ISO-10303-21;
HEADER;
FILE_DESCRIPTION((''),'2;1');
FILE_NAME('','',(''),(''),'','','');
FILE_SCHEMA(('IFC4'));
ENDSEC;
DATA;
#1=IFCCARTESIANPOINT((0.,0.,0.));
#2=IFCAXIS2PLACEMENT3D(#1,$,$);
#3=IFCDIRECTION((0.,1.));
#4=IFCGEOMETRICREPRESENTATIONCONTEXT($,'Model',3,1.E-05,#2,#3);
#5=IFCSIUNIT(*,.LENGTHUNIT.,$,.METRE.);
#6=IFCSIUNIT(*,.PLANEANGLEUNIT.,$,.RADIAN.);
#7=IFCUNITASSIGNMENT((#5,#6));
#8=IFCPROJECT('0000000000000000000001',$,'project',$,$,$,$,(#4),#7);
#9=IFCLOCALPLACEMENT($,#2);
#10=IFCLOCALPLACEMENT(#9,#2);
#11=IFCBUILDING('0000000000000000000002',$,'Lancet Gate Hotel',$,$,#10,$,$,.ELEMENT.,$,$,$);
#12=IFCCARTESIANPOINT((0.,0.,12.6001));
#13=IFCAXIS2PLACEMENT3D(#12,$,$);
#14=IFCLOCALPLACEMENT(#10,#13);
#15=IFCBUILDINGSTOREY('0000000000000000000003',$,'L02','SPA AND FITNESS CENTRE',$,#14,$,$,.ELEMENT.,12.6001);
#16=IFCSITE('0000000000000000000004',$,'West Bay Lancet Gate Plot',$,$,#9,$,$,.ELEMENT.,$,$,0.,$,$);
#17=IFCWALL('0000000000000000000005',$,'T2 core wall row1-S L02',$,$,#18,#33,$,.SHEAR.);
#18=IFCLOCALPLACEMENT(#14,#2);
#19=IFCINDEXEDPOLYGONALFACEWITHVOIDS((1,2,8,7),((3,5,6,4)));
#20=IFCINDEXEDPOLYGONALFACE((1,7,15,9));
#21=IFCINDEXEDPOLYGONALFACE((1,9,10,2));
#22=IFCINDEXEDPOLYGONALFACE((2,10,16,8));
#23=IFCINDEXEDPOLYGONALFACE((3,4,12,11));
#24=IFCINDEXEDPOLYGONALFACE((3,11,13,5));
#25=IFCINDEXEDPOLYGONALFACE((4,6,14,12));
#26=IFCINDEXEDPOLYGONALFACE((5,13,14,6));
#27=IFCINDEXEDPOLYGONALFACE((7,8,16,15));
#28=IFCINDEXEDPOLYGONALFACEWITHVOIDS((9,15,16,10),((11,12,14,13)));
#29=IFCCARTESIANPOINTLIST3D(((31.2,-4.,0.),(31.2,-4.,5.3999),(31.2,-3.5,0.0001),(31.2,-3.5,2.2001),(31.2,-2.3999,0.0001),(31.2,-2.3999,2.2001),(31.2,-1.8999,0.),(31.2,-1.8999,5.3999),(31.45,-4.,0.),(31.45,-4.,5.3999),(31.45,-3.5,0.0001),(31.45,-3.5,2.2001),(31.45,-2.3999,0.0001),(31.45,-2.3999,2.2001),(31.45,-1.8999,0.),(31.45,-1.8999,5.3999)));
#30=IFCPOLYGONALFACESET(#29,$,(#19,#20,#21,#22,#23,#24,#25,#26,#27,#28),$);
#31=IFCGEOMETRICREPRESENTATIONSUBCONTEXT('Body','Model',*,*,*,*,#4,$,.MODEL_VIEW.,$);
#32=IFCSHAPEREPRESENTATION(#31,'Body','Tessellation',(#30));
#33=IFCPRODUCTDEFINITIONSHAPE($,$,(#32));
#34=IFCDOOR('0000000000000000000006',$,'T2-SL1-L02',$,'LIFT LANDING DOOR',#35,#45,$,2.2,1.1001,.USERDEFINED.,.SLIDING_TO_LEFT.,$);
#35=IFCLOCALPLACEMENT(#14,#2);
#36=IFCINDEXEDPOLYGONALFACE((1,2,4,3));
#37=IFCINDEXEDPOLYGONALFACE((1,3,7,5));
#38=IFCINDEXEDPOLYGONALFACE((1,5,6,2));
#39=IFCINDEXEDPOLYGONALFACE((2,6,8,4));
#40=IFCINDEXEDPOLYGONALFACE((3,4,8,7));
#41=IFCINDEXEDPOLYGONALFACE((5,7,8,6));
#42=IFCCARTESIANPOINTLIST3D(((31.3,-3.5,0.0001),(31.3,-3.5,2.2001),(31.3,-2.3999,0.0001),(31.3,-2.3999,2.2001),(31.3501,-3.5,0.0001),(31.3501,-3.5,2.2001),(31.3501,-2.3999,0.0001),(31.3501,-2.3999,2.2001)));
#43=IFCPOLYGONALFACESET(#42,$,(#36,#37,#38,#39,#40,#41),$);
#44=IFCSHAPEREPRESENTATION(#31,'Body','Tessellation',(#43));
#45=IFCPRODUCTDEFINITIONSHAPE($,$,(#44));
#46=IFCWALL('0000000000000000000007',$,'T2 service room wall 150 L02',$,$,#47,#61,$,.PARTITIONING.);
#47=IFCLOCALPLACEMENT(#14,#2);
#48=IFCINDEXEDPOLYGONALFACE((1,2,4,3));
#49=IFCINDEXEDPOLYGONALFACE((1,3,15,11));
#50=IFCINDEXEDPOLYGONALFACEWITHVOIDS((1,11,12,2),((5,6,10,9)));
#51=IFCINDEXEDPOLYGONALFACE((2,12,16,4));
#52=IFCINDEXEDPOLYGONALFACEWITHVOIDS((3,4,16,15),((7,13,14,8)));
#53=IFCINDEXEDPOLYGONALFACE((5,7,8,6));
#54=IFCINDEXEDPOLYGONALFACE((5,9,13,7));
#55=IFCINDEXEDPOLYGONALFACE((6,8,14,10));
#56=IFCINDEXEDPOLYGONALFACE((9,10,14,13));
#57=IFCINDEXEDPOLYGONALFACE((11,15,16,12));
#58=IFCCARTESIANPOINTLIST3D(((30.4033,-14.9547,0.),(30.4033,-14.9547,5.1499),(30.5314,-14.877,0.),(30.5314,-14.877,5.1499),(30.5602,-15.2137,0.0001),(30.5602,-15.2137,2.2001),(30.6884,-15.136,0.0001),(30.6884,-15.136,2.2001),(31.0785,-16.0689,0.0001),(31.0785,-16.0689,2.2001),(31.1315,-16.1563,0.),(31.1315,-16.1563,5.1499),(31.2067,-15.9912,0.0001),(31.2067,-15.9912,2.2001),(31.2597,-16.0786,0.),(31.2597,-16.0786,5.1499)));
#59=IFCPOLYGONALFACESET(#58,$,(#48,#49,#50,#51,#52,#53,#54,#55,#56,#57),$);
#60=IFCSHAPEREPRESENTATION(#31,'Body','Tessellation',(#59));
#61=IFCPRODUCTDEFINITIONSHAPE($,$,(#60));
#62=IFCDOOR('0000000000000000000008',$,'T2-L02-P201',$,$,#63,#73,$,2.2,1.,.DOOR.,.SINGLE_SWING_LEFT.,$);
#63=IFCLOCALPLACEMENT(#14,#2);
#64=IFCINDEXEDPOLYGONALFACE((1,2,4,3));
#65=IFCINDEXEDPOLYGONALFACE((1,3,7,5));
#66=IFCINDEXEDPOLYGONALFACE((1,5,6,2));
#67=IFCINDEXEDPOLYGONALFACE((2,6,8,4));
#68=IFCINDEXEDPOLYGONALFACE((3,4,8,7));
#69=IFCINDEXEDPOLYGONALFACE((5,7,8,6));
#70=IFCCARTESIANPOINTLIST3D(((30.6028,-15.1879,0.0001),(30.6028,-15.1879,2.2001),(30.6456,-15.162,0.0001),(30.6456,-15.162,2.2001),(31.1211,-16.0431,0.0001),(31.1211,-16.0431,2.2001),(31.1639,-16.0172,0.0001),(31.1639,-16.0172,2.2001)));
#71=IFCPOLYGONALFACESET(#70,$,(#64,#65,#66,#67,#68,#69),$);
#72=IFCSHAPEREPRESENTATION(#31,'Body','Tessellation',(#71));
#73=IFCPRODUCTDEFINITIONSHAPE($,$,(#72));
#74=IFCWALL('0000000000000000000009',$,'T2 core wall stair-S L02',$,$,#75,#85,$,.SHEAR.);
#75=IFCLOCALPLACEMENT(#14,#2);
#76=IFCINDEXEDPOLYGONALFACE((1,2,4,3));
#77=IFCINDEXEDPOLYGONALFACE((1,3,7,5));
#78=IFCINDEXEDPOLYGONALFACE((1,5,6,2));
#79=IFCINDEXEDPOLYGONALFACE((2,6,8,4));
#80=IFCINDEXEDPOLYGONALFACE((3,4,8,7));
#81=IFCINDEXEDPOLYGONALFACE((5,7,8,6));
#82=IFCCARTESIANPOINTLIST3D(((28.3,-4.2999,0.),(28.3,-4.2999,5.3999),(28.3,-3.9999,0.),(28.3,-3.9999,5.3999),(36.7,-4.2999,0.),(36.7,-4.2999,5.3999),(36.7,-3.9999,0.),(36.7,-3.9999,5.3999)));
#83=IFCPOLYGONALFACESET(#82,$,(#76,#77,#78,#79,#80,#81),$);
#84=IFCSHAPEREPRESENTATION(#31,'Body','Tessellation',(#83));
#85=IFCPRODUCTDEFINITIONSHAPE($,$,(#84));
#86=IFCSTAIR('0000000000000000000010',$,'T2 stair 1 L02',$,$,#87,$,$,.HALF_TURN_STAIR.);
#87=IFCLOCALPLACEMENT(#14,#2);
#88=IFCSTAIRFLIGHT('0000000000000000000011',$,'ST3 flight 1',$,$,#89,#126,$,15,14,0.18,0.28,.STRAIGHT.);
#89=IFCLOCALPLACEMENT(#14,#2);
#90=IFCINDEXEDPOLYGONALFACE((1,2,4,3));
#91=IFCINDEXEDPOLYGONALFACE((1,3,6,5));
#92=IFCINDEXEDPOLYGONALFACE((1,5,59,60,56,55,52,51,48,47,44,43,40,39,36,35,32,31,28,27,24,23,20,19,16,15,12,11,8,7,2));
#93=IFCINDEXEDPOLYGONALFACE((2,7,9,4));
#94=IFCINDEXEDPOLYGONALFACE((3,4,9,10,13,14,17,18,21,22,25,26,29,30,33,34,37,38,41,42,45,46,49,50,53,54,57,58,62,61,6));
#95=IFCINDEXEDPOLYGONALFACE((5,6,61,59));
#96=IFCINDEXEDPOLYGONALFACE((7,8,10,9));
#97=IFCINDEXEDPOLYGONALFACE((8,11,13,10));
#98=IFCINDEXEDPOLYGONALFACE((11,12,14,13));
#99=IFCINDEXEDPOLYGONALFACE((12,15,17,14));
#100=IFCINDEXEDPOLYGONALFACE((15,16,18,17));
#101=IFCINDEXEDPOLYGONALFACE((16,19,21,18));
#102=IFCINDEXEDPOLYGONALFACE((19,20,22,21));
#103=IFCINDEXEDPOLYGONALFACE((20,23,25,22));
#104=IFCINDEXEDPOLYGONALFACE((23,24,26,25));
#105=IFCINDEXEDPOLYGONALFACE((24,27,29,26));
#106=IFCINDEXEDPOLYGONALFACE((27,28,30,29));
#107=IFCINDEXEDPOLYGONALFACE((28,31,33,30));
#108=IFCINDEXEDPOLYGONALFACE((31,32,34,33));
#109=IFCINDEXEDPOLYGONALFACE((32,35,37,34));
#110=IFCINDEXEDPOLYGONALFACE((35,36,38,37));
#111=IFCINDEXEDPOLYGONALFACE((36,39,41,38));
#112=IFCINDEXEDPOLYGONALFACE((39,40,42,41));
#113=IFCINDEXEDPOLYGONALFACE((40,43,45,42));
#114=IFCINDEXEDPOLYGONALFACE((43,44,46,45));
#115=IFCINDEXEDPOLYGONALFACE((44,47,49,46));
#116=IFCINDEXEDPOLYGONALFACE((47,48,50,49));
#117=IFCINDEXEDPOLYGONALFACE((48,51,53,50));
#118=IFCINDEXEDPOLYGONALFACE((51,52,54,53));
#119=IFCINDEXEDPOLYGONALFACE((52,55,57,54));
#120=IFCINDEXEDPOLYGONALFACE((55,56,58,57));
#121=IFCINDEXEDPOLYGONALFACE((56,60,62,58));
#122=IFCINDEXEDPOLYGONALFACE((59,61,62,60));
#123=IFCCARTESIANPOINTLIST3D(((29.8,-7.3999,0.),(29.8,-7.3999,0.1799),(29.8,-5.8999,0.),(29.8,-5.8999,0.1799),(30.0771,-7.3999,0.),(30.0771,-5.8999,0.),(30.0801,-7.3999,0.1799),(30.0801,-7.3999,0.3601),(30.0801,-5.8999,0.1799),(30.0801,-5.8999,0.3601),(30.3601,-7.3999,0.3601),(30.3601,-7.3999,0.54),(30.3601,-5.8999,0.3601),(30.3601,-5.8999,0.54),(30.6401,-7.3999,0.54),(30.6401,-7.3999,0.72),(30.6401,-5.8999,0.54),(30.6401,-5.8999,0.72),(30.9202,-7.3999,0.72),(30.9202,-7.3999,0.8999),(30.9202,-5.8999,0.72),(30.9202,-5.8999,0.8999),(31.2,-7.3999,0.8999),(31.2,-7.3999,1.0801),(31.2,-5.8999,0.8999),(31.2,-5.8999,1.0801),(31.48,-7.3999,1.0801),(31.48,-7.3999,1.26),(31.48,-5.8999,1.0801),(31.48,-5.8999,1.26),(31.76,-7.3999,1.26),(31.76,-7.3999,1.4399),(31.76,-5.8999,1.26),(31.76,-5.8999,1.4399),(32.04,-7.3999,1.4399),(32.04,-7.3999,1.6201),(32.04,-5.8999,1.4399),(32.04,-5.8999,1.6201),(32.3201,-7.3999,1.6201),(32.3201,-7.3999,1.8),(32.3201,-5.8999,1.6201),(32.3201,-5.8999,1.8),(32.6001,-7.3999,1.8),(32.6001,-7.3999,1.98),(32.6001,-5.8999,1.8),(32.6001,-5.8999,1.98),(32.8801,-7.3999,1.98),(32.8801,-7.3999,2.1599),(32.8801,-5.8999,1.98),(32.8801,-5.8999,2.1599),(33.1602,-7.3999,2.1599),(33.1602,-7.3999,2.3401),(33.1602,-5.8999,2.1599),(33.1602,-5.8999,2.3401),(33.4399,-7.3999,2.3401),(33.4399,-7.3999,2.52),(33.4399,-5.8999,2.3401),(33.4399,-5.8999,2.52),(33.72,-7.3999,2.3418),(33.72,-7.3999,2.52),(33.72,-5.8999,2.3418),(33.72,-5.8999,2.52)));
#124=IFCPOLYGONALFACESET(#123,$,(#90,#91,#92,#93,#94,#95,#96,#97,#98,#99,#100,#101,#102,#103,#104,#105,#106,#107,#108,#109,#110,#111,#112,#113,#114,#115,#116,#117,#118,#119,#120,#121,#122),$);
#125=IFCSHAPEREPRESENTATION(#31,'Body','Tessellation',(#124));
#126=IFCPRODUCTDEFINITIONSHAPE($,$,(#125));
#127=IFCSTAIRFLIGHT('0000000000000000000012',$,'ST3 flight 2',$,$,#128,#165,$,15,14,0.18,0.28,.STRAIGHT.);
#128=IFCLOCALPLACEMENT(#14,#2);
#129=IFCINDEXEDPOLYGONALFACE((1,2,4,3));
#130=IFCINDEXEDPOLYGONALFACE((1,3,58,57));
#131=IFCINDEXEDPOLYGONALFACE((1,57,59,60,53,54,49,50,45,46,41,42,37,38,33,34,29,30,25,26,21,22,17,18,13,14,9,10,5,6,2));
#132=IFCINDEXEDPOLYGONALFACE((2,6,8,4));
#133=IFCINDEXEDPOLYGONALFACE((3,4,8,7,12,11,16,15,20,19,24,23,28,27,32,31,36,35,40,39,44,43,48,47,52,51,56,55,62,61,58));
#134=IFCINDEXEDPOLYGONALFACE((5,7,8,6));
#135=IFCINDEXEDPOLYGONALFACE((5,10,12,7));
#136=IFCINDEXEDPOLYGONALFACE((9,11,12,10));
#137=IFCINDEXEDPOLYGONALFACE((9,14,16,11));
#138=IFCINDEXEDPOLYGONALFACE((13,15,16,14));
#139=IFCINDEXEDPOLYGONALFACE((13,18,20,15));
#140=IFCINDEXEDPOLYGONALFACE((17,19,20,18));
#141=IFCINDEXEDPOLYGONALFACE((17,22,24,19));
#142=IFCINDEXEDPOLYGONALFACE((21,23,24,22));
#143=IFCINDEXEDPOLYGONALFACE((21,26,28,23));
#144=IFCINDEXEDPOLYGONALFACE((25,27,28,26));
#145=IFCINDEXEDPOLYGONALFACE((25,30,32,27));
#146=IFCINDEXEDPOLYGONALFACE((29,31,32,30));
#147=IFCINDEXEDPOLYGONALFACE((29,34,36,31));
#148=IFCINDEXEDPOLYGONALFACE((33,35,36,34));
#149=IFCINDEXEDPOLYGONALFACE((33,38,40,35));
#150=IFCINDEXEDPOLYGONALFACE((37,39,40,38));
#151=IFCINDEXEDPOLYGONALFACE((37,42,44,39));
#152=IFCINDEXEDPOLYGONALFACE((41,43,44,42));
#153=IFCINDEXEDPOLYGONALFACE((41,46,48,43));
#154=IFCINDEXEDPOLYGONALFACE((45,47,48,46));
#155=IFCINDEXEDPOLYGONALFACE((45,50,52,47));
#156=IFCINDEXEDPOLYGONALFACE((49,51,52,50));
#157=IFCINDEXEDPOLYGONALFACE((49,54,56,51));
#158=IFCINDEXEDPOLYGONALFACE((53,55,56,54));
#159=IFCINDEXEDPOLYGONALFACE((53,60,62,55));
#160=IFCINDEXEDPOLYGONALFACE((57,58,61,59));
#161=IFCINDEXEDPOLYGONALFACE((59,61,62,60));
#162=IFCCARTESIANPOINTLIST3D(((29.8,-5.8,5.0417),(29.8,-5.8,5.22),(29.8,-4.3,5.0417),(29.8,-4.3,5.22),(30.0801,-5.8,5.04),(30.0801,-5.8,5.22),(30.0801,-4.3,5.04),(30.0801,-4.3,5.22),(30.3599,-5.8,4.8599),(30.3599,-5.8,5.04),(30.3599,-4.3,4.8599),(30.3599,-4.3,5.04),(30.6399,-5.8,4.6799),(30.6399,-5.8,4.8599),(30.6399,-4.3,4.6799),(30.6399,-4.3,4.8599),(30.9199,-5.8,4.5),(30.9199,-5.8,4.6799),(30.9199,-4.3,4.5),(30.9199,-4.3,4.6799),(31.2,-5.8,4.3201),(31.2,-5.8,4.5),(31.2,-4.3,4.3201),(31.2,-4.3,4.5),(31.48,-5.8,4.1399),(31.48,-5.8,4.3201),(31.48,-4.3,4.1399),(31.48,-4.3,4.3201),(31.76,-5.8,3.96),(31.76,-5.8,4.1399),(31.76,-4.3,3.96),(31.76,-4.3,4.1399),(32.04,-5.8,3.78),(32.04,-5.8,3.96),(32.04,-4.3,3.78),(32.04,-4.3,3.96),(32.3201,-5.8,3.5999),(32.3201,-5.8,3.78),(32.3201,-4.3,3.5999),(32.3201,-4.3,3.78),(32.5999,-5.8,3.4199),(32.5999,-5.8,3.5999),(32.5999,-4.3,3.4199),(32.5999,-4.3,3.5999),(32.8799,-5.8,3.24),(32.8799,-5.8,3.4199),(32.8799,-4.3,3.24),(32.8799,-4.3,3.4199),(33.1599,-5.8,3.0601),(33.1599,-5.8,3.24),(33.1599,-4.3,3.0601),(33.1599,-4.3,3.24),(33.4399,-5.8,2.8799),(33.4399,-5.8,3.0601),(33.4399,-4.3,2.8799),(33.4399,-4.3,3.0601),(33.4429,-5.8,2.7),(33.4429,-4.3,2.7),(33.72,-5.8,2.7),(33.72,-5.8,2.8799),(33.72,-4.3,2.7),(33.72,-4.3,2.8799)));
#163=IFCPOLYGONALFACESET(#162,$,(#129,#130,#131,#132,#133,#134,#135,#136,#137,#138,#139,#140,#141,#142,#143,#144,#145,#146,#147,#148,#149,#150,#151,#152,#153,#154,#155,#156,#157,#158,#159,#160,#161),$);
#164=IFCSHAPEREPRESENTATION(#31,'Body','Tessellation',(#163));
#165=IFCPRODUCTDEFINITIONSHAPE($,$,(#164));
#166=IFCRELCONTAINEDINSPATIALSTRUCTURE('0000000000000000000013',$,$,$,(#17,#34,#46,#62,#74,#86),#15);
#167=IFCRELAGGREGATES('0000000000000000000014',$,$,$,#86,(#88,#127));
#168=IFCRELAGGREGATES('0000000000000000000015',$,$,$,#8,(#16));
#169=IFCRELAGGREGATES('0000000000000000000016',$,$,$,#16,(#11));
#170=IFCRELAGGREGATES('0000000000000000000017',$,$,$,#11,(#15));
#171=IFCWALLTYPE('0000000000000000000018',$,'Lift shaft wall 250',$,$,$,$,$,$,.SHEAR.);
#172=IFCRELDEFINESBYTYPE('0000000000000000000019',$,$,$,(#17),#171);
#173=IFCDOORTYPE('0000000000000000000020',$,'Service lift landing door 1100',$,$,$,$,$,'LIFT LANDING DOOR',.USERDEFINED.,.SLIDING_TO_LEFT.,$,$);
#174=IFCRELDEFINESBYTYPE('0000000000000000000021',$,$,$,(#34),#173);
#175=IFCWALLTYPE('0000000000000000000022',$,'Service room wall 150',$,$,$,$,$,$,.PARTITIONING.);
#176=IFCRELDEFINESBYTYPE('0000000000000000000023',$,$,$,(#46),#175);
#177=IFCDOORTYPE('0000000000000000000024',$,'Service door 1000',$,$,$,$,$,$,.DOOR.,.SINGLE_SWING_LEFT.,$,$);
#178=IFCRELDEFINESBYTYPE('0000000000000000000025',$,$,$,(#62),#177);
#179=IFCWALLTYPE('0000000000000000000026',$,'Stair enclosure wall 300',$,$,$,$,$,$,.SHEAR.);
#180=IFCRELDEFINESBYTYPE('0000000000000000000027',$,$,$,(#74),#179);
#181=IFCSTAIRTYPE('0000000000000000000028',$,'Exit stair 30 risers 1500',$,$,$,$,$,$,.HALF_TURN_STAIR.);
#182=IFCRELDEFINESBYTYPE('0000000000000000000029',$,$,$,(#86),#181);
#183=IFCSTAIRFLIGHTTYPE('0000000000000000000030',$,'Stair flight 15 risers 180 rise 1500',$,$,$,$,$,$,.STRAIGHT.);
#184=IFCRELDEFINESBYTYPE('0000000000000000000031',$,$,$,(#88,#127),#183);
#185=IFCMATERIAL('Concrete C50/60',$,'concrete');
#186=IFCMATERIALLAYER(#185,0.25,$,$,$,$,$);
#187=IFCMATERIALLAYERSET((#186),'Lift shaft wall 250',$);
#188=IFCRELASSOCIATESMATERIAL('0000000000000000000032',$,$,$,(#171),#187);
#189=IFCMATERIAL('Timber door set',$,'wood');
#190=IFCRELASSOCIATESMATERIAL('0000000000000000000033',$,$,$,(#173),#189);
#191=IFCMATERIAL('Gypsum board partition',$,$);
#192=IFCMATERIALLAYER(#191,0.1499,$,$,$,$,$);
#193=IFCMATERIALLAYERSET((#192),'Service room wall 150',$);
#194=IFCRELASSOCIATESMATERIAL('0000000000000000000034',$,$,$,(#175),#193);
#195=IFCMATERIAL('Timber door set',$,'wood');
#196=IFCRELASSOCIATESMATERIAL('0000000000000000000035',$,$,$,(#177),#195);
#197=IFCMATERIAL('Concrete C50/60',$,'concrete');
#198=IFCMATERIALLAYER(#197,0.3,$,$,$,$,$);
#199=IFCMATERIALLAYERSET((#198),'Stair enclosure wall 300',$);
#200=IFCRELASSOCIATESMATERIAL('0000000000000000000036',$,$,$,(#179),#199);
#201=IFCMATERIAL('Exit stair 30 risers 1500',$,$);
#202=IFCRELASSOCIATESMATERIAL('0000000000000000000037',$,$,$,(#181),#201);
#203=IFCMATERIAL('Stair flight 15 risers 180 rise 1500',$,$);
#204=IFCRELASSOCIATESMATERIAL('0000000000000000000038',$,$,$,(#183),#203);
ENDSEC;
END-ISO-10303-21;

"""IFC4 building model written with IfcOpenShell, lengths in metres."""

from ifc_helpers import new_model, si_unit, direction, frame, frame_2d, origin, place, context, subcontext, project, spatial, polyline, rectangle, outline, extrude, material, layer, layer_set, type_object, element, fill, aggregate, save


model = new_model("IFC4")

# Units and contexts
model_context = context("Model", 3, precision=1e-05, world=origin(), true_north=direction((0.0, 1.0)))
body_context = subcontext(model_context, "Body", "Model", "MODEL_VIEW")
ifc_project = project(units=[si_unit("LENGTHUNIT", "METRE"), si_unit("PLANEANGLEUNIT", "RADIAN")], contexts=[model_context])

# Site, building, storey
site_placement = place(None, origin())
site = spatial("IfcSite", under=ifc_project, at=site_placement, Name="West Bay Lancet Gate Plot", CompositionType="ELEMENT", RefElevation=0.0)
building_placement = place(site_placement, origin())
building = spatial("IfcBuilding", under=site, at=building_placement, Name="Lancet Gate Hotel", CompositionType="ELEMENT")
storey_placement = place(building_placement, frame((0.0, 0.0, 12.6001)))
storey = spatial("IfcBuildingStorey", under=building, at=storey_placement, Name="L02", Description="SPA AND FITNESS CENTRE", CompositionType="ELEMENT", Elevation=12.6001)

# Walls, openings, doors
ifc_material_1 = material(Name="Concrete C50/60", Category="concrete")
ifc_layer_1 = layer(ifc_material_1, 0.25)
ifc_layer_set_1 = layer_set([ifc_layer_1], Name="Lift shaft wall 250")
wall_type_1 = type_object("IfcWallType", Name="Lift shaft wall 250", PredefinedType="SHEAR", material=ifc_layer_set_1)
wall_1_placement = place(storey_placement, frame((31.325, -4.0, 0.0), z_axis=(0.0, 0.0, 1.0), x_axis=(0.0, 1.0, 0.0)))
wall_1 = element("IfcWall", 1, at=wall_1_placement, inside=storey, type_object=wall_type_1, Name="T2 core wall row1-S L02", PredefinedType="SHEAR", context=body_context, shape_type="SweptSolid", body=[
    extrude(rectangle(XDim=2.1001, YDim=0.25, at=frame_2d((1.05, 0.0))), origin(), (0.0, 0.0, 1.0), 5.3999),
])
opening_1_placement = place(wall_1_placement, frame((0.5, 0.0, 0.0)))
opening_1 = element("IfcOpeningElement", 2, at=opening_1_placement, cuts=wall_1, PredefinedType="OPENING", context=body_context, shape_type="SweptSolid", body=[
    extrude(rectangle(XDim=1.1001, YDim=2.2, at=frame_2d((0.55, 1.1001))), frame((0.0, 0.135, 0.0), z_axis=(0.0, -1.0, 0.0), x_axis=(1.0, 0.0, 0.0)), (0.0, 0.0, 1.0), 0.27),
])
ifc_material_2 = material(Name="Timber door set", Category="wood")
door_type_1 = type_object("IfcDoorType", Name="Service lift landing door 1100", ElementType="LIFT LANDING DOOR", OperationType="SLIDING_TO_LEFT", PredefinedType="USERDEFINED", material=ifc_material_2)
door_1_placement = place(opening_1_placement, origin())
door_1 = element("IfcDoor", 3, at=door_1_placement, inside=storey, type_object=door_type_1, Name="T2-SL1-L02", ObjectType="LIFT LANDING DOOR", OperationType="SLIDING_TO_LEFT", OverallHeight=2.2, OverallWidth=1.1001, PredefinedType="USERDEFINED", context=body_context, shape_type="SweptSolid", body=[
    extrude(rectangle(XDim=1.1001, YDim=2.2, at=frame_2d((0.55, 1.1001))), frame((0.0, 0.0249, 0.0), z_axis=(0.0, -1.0, 0.0), x_axis=(1.0, 0.0, 0.0)), (0.0, 0.0, 1.0), 0.05),
])
fill(opening_1, door_1)
ifc_material_3 = material(Name="Gypsum board partition")
ifc_layer_2 = layer(ifc_material_3, 0.1499)
ifc_layer_set_2 = layer_set([ifc_layer_2], Name="Service room wall 150")
wall_type_2 = type_object("IfcWallType", Name="Service room wall 150", PredefinedType="PARTITIONING", material=ifc_layer_set_2)
wall_2_placement = place(storey_placement, frame((30.4673, -14.9158, 0.0), z_axis=(0.0, 0.0, 1.0), x_axis=(0.518298, -0.8552, 0.0)))
wall_2 = element("IfcWall", 4, at=wall_2_placement, inside=storey, type_object=wall_type_2, Name="T2 service room wall 150 L02", PredefinedType="PARTITIONING", context=body_context, shape_type="SweptSolid", body=[
    extrude(rectangle(XDim=1.405, YDim=0.1499, at=frame_2d((0.7026, 0.0))), origin(), (0.0, 0.0, 1.0), 5.1499),
])
opening_2_placement = place(wall_2_placement, frame((0.303, 0.0, 0.0)))
opening_2 = element("IfcOpeningElement", 5, at=opening_2_placement, cuts=wall_2, PredefinedType="OPENING", context=body_context, shape_type="SweptSolid", body=[
    extrude(rectangle(XDim=1.0, YDim=2.2, at=frame_2d((0.5, 1.1001))), frame((0.0, 0.085, 0.0), z_axis=(0.0, -1.0, 0.0), x_axis=(1.0, 0.0, 0.0)), (0.0, 0.0, 1.0), 0.1699),
])
ifc_material_4 = material(Name="Timber door set", Category="wood")
door_type_2 = type_object("IfcDoorType", Name="Service door 1000", OperationType="SINGLE_SWING_LEFT", PredefinedType="DOOR", material=ifc_material_4)
door_2_placement = place(opening_2_placement, origin())
door_2 = element("IfcDoor", 6, at=door_2_placement, inside=storey, type_object=door_type_2, Name="T2-L02-P201", OperationType="SINGLE_SWING_LEFT", OverallHeight=2.2, OverallWidth=1.0, PredefinedType="DOOR", context=body_context, shape_type="SweptSolid", body=[
    extrude(rectangle(XDim=1.0, YDim=2.2, at=frame_2d((0.5, 1.1001))), frame((0.0, 0.0249, 0.0), z_axis=(0.0, -1.0, 0.0), x_axis=(1.0, 0.0, 0.0)), (0.0, 0.0, 1.0), 0.05),
])
fill(opening_2, door_2)

# Wall
ifc_material_5 = material(Name="Concrete C50/60", Category="concrete")
ifc_layer_3 = layer(ifc_material_5, 0.3)
ifc_layer_set_3 = layer_set([ifc_layer_3], Name="Stair enclosure wall 300")
wall_type_3 = type_object("IfcWallType", Name="Stair enclosure wall 300", PredefinedType="SHEAR", material=ifc_layer_set_3)
wall_3_placement = place(storey_placement, frame((28.3, -4.1499, 0.0), z_axis=(0.0, 0.0, 1.0), x_axis=(1.0, 0.0, 0.0)))
element("IfcWall", 7, at=wall_3_placement, inside=storey, type_object=wall_type_3, Name="T2 core wall stair-S L02", PredefinedType="SHEAR", context=body_context, shape_type="SweptSolid", body=[
    extrude(rectangle(XDim=8.3999, YDim=0.3, at=frame_2d((4.2, 0.0))), origin(), (0.0, 0.0, 1.0), 5.3999),
])

# Stair, stair flights
ifc_material_6 = material(Name="Exit stair 30 risers 1500")
stair_type = type_object("IfcStairType", Name="Exit stair 30 risers 1500", PredefinedType="HALF_TURN_STAIR", material=ifc_material_6)
stair_placement = place(storey_placement, origin())
stair = element("IfcStair", 8, at=stair_placement, inside=storey, type_object=stair_type, Name="T2 stair 1 L02", PredefinedType="HALF_TURN_STAIR")
ifc_material_7 = material(Name="Stair flight 15 risers 180 rise 1500")
stair_flight_type = type_object("IfcStairFlightType", Name="Stair flight 15 risers 180 rise 1500", PredefinedType="STRAIGHT", material=ifc_material_7)
stair_flight_1_placement = place(storey_placement, frame((29.8, -6.6499, 0.0), z_axis=(0.0, 0.0, 1.0), x_axis=(1.0, 0.0, 0.0)))
stair_flight_1 = element("IfcStairFlight", 9, at=stair_flight_1_placement, type_object=stair_flight_type, Name="ST3 flight 1", NumberOfRisers=15, NumberOfTreads=14, PredefinedType="STRAIGHT", RiserHeight=0.18, TreadLength=0.28, context=body_context, shape_type="SweptSolid", body=[
    extrude(outline(polyline([(0.0, 0.0), (0.0, 0.1799), (0.28, 0.1799), (0.28, 0.3601), (0.5601, 0.3601), (0.5601, 0.54), (0.8401, 0.54), (0.8401, 0.72), (1.1201, 0.72), (1.1201, 0.8999), (1.3999, 0.8999), (1.3999, 1.0801), (1.6799, 1.0801), (1.6799, 1.26), (1.96, 1.26), (1.96, 1.4399), (2.24, 1.4399), (2.24, 1.6201), (2.52, 1.6201), (2.52, 1.8), (2.8, 1.8), (2.8, 1.98), (3.0801, 1.98), (3.0801, 2.1599), (3.3601, 2.1599), (3.3601, 2.3401), (3.6399, 2.3401), (3.6399, 2.52), (3.9199, 2.52), (3.9199, 2.7), (3.9199, 2.3418), (0.2771, 0.0), (0.0, 0.0)])), frame((0.0, 0.75, 0.0), z_axis=(0.0, -1.0, 0.0), x_axis=(1.0, 0.0, 0.0)), (0.0, 0.0, 1.0), 1.5),
])
stair_flight_2_placement = place(storey_placement, frame((33.72, -5.05, 2.7), z_axis=(0.0, 0.0, 1.0), x_axis=(-1.0, 0.0, 0.0)))
stair_flight_2 = element("IfcStairFlight", 10, at=stair_flight_2_placement, type_object=stair_flight_type, Name="ST3 flight 2", NumberOfRisers=15, NumberOfTreads=14, PredefinedType="STRAIGHT", RiserHeight=0.18, TreadLength=0.28, context=body_context, shape_type="SweptSolid", body=[
    extrude(outline(polyline([(0.0, 0.0), (0.0, 0.1799), (0.28, 0.1799), (0.28, 0.3601), (0.5601, 0.3601), (0.5601, 0.54), (0.8401, 0.54), (0.8401, 0.72), (1.1201, 0.72), (1.1201, 0.8999), (1.3999, 0.8999), (1.3999, 1.0801), (1.6799, 1.0801), (1.6799, 1.26), (1.96, 1.26), (1.96, 1.4399), (2.24, 1.4399), (2.24, 1.6201), (2.52, 1.6201), (2.52, 1.8), (2.8, 1.8), (2.8, 1.98), (3.0801, 1.98), (3.0801, 2.1599), (3.3601, 2.1599), (3.3601, 2.3401), (3.6399, 2.3401), (3.6399, 2.52), (3.9199, 2.52), (3.9199, 2.7), (3.9199, 2.3418), (0.2771, 0.0), (0.0, 0.0)])), frame((0.0, 0.75, 0.0), z_axis=(0.0, -1.0, 0.0), x_axis=(1.0, 0.0, 0.0)), (0.0, 0.0, 1.0), 1.5),
])
aggregate(stair, [stair_flight_1, stair_flight_2])

save(model, "model.ifc")
